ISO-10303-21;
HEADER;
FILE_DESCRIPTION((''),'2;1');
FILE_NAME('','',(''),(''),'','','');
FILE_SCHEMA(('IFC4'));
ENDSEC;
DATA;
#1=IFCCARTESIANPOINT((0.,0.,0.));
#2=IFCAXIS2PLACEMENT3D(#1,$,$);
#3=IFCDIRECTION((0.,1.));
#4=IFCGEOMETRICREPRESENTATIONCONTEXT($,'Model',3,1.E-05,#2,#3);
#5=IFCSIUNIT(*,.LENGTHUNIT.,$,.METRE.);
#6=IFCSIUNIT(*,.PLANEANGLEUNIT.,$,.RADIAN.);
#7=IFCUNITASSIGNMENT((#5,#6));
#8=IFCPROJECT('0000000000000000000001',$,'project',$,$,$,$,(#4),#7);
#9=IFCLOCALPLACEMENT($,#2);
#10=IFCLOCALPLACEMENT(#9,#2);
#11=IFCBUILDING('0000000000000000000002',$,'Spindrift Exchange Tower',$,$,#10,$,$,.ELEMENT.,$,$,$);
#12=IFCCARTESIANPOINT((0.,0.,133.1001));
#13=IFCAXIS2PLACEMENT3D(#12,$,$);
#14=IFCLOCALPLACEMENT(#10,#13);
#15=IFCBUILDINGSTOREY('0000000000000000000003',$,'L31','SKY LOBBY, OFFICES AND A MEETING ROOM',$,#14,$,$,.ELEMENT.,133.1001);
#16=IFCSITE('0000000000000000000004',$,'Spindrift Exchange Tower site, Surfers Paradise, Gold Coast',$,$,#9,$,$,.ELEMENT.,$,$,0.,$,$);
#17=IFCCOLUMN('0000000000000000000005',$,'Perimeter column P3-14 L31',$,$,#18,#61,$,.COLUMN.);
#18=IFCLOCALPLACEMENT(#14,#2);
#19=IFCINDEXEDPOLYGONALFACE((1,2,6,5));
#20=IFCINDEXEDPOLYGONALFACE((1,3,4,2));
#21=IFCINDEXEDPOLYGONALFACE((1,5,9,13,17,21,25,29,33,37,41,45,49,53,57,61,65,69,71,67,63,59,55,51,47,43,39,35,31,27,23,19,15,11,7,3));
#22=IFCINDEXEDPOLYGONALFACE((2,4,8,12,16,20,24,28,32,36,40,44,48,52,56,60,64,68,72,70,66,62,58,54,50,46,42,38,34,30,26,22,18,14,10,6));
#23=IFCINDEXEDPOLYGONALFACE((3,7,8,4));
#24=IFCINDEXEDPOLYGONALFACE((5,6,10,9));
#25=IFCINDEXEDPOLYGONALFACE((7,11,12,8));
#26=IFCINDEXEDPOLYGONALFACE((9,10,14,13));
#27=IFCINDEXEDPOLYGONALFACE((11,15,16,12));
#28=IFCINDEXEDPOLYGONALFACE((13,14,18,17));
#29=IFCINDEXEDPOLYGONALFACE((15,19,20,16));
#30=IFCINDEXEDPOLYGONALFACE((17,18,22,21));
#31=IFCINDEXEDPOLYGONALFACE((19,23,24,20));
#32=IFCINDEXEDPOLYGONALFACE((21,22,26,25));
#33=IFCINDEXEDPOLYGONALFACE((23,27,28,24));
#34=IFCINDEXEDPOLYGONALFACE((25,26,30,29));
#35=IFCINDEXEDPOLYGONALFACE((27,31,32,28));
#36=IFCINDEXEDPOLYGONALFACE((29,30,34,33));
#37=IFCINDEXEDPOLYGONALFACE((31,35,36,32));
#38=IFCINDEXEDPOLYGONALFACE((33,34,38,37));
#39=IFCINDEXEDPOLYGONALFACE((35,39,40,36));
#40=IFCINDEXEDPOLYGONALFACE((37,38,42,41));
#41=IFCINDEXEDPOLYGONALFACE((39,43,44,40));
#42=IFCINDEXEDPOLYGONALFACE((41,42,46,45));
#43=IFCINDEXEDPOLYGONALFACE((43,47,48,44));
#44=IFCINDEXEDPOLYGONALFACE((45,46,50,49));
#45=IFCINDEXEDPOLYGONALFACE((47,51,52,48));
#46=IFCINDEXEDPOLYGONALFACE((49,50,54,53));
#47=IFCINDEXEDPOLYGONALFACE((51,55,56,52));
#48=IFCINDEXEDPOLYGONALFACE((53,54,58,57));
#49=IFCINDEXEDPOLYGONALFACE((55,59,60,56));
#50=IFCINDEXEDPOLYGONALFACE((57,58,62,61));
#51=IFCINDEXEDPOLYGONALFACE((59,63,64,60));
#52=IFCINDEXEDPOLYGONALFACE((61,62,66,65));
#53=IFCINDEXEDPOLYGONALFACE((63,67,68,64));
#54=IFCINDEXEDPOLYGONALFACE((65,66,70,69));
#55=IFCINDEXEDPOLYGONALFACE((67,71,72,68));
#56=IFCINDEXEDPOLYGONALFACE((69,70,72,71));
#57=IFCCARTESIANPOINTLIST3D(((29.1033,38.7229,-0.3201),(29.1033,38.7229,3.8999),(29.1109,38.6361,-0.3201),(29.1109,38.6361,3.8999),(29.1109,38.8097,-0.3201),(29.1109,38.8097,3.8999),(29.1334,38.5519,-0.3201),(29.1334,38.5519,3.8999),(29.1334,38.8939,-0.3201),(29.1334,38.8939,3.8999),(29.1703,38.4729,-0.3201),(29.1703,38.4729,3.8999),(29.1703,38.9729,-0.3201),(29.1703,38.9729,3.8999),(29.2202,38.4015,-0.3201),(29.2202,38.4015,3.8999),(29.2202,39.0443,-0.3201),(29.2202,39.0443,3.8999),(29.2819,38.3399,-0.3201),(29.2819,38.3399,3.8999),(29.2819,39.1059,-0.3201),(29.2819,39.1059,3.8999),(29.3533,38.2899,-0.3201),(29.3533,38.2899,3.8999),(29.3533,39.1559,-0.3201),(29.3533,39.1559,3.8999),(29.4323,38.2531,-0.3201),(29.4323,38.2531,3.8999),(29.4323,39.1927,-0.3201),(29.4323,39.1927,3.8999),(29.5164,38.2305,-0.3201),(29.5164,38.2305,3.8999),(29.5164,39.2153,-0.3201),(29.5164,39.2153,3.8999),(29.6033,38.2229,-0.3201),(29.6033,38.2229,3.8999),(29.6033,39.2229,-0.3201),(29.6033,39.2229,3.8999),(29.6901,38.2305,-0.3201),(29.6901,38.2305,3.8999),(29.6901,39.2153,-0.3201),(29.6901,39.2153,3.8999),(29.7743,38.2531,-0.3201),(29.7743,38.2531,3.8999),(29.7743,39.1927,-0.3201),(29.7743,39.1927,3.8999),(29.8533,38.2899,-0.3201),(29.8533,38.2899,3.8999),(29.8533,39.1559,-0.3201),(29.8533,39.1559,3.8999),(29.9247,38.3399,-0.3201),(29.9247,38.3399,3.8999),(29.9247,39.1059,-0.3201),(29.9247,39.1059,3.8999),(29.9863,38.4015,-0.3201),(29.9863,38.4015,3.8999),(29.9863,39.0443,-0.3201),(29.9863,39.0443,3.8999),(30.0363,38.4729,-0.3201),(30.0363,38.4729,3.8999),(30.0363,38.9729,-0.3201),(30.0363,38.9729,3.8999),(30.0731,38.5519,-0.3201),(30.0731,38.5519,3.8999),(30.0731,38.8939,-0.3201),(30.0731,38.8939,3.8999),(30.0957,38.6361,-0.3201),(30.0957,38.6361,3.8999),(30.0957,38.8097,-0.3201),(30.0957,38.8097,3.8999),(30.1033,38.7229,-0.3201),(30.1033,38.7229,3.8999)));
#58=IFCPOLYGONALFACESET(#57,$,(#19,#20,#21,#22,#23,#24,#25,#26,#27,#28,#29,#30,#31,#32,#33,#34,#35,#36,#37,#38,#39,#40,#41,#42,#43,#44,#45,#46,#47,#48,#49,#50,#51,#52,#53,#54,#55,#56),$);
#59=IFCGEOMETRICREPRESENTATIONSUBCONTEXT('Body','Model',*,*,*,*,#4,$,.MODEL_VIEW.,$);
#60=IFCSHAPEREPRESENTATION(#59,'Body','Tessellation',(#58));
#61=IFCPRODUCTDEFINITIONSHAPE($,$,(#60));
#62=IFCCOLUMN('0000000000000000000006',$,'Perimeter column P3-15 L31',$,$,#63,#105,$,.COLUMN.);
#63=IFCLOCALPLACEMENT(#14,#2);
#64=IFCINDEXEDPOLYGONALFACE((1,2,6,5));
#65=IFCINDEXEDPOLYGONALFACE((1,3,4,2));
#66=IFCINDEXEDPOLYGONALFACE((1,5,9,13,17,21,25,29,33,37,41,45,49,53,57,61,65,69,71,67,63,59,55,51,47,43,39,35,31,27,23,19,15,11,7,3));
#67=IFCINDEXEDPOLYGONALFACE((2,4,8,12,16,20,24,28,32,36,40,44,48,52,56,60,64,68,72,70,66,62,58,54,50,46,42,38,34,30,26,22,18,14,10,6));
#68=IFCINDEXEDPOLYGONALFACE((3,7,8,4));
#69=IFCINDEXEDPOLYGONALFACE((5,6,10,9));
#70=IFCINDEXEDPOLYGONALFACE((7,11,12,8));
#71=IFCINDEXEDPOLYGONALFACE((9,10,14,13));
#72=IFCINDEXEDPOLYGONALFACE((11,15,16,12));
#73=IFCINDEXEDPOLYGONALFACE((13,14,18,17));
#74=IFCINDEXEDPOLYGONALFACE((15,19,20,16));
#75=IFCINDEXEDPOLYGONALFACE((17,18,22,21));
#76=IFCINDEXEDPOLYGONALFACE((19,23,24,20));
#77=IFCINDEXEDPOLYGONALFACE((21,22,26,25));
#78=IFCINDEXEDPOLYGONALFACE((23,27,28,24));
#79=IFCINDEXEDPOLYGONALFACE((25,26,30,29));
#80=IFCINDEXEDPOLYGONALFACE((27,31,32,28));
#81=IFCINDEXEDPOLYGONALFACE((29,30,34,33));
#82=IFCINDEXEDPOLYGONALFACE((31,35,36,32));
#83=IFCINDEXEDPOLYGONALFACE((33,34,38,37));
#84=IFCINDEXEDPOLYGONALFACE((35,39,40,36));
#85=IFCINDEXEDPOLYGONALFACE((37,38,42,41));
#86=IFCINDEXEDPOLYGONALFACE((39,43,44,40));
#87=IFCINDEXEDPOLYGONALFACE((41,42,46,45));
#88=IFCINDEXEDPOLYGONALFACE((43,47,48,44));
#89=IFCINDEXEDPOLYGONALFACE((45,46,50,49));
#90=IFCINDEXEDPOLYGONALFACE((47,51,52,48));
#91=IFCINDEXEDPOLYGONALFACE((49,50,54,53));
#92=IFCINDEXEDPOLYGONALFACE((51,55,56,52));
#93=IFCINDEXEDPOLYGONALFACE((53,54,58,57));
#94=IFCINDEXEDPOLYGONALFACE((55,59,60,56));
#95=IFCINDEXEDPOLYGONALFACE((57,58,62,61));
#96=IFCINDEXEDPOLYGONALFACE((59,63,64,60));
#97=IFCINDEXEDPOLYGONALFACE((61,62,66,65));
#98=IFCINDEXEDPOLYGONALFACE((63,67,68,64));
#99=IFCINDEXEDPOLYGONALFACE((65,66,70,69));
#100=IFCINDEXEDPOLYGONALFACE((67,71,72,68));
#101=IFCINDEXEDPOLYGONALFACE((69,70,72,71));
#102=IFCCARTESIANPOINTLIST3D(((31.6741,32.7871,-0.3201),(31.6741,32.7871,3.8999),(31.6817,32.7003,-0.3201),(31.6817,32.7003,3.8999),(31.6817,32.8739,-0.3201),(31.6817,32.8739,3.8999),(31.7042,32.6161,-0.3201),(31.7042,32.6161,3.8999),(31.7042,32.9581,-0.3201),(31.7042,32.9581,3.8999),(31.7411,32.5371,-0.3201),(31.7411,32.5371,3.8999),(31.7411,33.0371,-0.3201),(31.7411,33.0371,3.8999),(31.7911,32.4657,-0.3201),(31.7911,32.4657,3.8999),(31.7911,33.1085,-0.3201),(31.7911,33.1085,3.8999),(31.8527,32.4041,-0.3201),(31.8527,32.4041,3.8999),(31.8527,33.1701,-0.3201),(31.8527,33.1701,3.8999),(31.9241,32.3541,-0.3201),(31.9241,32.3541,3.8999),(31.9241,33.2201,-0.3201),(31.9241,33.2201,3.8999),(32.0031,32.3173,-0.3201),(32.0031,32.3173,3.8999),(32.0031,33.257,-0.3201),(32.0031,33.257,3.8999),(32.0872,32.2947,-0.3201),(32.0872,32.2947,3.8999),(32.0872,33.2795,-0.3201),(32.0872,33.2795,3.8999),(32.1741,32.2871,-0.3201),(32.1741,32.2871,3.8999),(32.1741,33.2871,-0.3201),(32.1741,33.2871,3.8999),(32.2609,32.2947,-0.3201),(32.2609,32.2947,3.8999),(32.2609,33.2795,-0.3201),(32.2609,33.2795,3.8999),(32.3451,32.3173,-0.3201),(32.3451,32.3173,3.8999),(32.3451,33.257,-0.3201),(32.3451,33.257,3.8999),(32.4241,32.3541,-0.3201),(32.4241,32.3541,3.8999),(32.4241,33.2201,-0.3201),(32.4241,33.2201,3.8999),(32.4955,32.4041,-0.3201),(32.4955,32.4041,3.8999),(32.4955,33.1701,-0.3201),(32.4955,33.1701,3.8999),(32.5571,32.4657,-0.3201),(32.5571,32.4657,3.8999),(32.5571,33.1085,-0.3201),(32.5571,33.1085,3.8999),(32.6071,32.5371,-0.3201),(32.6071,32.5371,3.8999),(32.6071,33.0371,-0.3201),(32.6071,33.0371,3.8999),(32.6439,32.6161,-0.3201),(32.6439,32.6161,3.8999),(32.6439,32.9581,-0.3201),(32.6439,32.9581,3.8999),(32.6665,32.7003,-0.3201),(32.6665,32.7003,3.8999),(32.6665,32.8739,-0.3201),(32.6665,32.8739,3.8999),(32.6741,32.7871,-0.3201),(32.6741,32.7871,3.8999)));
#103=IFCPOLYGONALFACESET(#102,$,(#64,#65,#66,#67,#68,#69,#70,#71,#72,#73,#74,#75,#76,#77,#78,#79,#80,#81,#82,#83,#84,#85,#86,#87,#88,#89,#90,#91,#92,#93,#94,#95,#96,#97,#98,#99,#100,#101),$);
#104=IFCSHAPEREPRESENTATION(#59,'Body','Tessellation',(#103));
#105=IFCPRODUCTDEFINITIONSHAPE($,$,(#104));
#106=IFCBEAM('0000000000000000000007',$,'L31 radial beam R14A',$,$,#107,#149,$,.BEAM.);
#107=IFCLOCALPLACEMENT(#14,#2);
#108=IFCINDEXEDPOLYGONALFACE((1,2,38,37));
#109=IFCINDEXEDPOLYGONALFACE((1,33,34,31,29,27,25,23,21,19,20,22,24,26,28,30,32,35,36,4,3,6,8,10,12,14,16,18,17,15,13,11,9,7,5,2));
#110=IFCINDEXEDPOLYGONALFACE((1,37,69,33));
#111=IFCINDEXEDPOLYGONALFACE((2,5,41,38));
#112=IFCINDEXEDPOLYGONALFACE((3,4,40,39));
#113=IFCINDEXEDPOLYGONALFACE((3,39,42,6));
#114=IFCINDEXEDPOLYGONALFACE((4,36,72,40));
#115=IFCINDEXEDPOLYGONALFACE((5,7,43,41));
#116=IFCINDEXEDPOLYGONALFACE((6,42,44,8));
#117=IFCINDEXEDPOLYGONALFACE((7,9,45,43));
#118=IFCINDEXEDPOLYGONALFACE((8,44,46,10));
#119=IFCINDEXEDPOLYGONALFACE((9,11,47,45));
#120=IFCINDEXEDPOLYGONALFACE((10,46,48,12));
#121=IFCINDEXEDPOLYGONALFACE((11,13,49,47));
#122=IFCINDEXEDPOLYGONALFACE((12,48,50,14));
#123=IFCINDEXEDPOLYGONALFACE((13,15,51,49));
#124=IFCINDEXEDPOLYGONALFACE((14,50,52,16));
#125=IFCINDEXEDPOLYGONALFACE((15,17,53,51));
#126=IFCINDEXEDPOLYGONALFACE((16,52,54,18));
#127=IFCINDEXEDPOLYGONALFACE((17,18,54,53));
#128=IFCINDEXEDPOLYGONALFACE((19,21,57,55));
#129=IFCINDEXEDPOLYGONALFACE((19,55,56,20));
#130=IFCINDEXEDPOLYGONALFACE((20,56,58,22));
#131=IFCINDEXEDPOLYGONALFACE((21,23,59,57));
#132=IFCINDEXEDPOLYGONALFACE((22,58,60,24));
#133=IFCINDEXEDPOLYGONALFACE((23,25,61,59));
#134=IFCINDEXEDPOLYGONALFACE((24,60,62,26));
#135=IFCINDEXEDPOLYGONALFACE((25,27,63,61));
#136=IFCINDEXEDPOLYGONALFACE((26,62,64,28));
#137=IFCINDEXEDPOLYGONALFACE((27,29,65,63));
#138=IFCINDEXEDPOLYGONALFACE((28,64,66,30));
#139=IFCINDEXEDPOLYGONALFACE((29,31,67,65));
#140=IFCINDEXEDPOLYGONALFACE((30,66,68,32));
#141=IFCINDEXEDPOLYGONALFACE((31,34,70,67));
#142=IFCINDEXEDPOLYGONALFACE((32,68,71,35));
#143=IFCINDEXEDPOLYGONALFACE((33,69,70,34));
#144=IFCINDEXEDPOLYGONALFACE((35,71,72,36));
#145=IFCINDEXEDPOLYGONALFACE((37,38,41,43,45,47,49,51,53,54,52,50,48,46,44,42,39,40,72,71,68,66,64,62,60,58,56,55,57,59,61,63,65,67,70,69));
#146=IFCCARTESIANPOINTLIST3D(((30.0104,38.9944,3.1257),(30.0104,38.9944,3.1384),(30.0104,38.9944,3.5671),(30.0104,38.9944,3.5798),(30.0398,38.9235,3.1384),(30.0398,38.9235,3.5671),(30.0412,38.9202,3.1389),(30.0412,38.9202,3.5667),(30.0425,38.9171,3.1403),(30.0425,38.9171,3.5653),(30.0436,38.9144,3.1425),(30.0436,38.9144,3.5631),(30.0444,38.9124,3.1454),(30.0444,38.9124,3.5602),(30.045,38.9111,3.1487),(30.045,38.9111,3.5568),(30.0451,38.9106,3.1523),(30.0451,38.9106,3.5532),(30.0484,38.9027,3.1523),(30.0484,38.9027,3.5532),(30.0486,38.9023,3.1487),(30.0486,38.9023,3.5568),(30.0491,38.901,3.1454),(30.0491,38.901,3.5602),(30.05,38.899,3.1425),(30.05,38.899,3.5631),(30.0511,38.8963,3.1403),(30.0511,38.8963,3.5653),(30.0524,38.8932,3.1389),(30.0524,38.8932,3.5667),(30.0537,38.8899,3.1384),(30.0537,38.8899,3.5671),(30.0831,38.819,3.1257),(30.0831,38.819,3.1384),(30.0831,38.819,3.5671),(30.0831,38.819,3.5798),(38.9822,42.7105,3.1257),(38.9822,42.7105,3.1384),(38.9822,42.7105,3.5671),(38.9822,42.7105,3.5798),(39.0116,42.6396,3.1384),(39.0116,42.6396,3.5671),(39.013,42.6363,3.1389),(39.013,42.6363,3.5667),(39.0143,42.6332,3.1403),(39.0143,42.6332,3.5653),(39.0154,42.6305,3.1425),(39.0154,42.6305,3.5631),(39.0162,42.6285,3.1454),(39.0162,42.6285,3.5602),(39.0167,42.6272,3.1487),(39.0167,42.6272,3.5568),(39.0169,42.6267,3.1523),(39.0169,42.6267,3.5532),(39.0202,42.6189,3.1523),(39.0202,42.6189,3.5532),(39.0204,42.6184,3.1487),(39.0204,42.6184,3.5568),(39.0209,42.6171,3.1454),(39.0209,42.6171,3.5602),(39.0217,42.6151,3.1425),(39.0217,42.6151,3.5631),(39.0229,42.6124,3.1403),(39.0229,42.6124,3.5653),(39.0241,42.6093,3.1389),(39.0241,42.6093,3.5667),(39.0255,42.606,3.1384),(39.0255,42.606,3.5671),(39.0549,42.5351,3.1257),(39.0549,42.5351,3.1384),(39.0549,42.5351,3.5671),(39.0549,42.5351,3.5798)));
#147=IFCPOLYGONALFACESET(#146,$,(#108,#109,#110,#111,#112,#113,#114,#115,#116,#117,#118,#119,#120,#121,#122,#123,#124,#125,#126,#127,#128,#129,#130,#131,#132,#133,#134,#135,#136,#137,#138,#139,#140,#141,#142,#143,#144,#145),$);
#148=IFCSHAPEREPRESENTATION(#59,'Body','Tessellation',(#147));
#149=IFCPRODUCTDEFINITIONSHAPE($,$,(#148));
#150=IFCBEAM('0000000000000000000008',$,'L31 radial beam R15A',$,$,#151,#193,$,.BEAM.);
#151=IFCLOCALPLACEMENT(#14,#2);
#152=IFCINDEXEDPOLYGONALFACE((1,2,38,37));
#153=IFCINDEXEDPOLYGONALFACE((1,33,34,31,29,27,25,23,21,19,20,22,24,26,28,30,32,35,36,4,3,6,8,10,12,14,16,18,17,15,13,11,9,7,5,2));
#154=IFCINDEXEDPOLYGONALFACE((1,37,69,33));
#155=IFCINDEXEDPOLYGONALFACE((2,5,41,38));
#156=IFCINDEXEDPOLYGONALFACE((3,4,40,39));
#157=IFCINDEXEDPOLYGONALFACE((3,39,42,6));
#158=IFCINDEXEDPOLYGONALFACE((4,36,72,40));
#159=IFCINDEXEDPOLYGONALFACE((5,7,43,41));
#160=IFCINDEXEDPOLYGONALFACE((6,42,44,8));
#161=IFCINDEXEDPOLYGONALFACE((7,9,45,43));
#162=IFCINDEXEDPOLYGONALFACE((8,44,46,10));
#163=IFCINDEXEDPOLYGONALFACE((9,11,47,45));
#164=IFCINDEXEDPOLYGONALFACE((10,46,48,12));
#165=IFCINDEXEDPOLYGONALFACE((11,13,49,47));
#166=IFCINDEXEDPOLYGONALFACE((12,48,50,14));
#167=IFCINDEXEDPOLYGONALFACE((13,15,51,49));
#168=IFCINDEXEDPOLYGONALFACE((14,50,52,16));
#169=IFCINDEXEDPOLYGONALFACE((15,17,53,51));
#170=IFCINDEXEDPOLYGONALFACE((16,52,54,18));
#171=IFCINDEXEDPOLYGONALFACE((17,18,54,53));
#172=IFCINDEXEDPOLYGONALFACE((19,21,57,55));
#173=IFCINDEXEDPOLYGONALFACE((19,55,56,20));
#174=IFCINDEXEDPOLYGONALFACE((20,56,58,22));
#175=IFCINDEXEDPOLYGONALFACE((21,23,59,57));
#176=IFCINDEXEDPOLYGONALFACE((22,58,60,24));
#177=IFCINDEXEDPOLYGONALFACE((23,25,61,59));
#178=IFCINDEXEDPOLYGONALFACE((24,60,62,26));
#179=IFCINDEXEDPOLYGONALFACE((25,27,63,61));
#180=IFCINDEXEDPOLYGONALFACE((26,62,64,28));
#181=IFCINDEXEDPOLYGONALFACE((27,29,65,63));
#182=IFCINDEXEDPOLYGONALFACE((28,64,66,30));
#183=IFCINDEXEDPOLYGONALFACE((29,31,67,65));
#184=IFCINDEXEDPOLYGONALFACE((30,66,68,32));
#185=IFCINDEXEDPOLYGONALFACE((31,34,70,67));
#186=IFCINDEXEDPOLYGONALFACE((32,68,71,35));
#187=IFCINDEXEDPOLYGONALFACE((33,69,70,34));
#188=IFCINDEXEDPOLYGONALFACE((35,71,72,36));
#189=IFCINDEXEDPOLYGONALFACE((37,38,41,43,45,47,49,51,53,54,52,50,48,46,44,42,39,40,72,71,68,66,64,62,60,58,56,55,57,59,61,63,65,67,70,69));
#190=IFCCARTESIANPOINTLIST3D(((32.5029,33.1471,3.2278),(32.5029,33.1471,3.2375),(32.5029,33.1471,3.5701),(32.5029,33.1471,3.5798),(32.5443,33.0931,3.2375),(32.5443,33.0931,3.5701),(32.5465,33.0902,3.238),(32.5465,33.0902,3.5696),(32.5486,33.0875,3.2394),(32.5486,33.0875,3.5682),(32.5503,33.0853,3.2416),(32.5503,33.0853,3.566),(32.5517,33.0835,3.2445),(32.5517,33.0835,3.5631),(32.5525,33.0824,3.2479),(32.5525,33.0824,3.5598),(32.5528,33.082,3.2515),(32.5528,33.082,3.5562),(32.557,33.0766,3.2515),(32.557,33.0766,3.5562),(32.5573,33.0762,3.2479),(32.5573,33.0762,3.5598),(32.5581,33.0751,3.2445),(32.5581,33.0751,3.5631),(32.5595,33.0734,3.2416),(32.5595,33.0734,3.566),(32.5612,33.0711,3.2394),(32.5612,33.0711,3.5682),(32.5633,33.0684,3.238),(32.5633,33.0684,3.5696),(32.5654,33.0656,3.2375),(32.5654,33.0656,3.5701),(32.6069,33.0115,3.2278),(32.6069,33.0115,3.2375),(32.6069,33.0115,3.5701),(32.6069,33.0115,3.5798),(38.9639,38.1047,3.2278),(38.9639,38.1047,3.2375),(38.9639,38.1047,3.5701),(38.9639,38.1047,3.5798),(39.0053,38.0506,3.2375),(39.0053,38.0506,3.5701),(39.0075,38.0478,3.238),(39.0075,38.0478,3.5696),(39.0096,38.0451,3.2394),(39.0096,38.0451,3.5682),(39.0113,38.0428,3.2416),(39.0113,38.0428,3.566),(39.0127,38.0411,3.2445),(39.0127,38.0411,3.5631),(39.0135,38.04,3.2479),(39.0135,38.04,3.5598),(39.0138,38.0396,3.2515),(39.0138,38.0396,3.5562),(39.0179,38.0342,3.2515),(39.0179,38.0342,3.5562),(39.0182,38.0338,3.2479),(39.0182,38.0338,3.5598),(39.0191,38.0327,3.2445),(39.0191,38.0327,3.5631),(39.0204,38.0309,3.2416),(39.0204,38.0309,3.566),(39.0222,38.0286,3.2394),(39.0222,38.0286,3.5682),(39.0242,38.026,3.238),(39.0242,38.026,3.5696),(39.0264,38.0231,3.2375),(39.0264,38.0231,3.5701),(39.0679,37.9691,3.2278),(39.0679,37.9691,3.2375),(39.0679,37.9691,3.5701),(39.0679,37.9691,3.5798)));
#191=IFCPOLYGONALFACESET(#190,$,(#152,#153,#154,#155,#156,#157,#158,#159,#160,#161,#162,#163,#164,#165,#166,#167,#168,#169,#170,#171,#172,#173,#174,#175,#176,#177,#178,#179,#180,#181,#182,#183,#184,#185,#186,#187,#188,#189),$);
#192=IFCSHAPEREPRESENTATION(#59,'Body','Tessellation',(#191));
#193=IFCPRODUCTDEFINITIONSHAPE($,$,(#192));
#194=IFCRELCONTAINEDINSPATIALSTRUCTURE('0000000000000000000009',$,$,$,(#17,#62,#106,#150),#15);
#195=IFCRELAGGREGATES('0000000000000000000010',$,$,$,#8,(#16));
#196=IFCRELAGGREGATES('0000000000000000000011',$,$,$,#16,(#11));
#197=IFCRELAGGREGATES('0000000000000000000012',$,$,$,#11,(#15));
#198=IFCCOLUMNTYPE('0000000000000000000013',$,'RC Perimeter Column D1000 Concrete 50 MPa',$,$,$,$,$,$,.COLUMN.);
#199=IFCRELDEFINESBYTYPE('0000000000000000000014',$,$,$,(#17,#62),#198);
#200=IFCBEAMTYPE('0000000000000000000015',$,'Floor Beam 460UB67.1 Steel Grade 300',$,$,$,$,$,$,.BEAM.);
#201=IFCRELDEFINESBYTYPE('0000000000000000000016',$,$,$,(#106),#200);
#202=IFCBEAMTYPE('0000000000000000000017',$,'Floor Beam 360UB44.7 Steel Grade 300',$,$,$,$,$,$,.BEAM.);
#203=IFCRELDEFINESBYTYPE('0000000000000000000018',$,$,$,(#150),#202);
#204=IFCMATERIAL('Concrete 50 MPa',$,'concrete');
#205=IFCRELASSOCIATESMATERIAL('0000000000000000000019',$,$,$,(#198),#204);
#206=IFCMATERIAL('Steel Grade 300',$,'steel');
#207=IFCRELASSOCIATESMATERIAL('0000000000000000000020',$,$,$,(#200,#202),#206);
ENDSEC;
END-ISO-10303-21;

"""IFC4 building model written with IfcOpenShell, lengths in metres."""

from ifc_helpers import new_model, si_unit, direction, frame, origin, origin_2d, place, context, subcontext, project, spatial, circle, i_section, extrude, source, transform, mapped, material, material_profile, profile_set, type_object, element, save


model = new_model("IFC4")

# Units and contexts
model_context = context("Model", 3, precision=1e-05, world=origin(), true_north=direction((0.0, 1.0)))
body_context = subcontext(model_context, "Body", "Model", "MODEL_VIEW")
ifc_project = project(units=[si_unit("LENGTHUNIT", "METRE"), si_unit("PLANEANGLEUNIT", "RADIAN")], contexts=[model_context])

# Site, building, storey
site_placement = place(None, origin())
site = spatial("IfcSite", under=ifc_project, at=site_placement, Name="Spindrift Exchange Tower site, Surfers Paradise, Gold Coast", CompositionType="ELEMENT", RefElevation=0.0)
building_placement = place(site_placement, origin())
building = spatial("IfcBuilding", under=site, at=building_placement, Name="Spindrift Exchange Tower", CompositionType="ELEMENT")
storey_placement = place(building_placement, frame((0.0, 0.0, 133.1001)))
storey = spatial("IfcBuildingStorey", under=building, at=storey_placement, Name="L31", Description="SKY LOBBY, OFFICES AND A MEETING ROOM", CompositionType="ELEMENT", Elevation=133.1001)

# Columns
ifc_material_1 = material(Name="Concrete 50 MPa", Category="concrete")
ifc_material_profile_1 = material_profile(ifc_material_1, circle(Radius=0.5, at=origin_2d()), Name="RC D1000")
ifc_profile_set_1 = profile_set([ifc_material_profile_1], Name="Concrete 50 MPa")
column_type = type_object("IfcColumnType", Name="RC Perimeter Column D1000 Concrete 50 MPa", PredefinedType="COLUMN", material=ifc_profile_set_1)
shared_shape_1 = source(origin(), body_context, "Body", "SweptSolid", [
    extrude(circle(Radius=0.5, at=origin_2d()), origin(), (0.0, 0.0, 1.0), 4.22),
])
for number, where, z_axis, x_axis, name in (
    (1, (29.6033, 38.7229, -0.3201), (0.0, 0.0, 1.0), (1.0, 0.0, 0.0), "Perimeter column P3-14 L31"),
    (2, (32.1741, 32.7871, -0.3201), (0.0, 0.0, 1.0), (1.0, 0.0, 0.0), "Perimeter column P3-15 L31"),
):
    element("IfcColumn", number, at=place(storey_placement, frame(where, z_axis=z_axis, x_axis=x_axis)), inside=storey, type_object=column_type, Name=name, PredefinedType="COLUMN", context=body_context, shape_type="MappedRepresentation", body=[
        mapped(shared_shape_1, transform((0.0, 0.0, 0.0), scale=1.0)),
    ])

# Beams
ifc_material_2 = material(Name="Steel Grade 300", Category="steel")
ifc_material_profile_2 = material_profile(ifc_material_2, i_section(OverallWidth=0.1899, OverallDepth=0.4541, WebThickness=0.0085, FlangeThickness=0.0127, FilletRadius=0.0139, at=origin_2d()), Name="460UB67.1")
ifc_profile_set_2 = profile_set([ifc_material_profile_2], Name="Steel Grade 300")
beam_type_1 = type_object("IfcBeamType", Name="Floor Beam 460UB67.1 Steel Grade 300", PredefinedType="BEAM", material=ifc_profile_set_2)
shared_shape_2 = source(origin(), body_context, "Body", "SweptSolid", [
    extrude(i_section(OverallWidth=0.1899, OverallDepth=0.4541, WebThickness=0.0085, FlangeThickness=0.0127, FilletRadius=0.0139, at=origin_2d()), origin(), (0.0, 0.0, 1.0), 9.7109),
])
beam_1_placement = place(storey_placement, frame((39.0186, 42.6228, 3.3528), z_axis=(-0.923884, -0.382672, 0.0), x_axis=(0.382672, -0.923884, 0.0)))
element("IfcBeam", 3, at=beam_1_placement, inside=storey, type_object=beam_type_1, Name="L31 radial beam R14A", PredefinedType="BEAM", context=body_context, shape_type="MappedRepresentation", body=[
    mapped(shared_shape_2, transform((0.0, 0.0, 0.0), scale=1.0)),
])
ifc_material_profile_3 = material_profile(ifc_material_2, i_section(OverallWidth=0.1709, OverallDepth=0.3521, WebThickness=0.0068, FlangeThickness=0.0098, FilletRadius=0.0139, at=origin_2d()), Name="360UB44.7")
ifc_profile_set_3 = profile_set([ifc_material_profile_3], Name="Steel Grade 300")
beam_type_2 = type_object("IfcBeamType", Name="Floor Beam 360UB44.7 Steel Grade 300", PredefinedType="BEAM", material=ifc_profile_set_3)
shared_shape_3 = source(origin(), body_context, "Body", "SweptSolid", [
    extrude(i_section(OverallWidth=0.1709, OverallDepth=0.3521, WebThickness=0.0068, FlangeThickness=0.0098, FilletRadius=0.0139, at=origin_2d()), origin(), (0.0, 0.0, 1.0), 8.1438),
])
beam_2_placement = place(storey_placement, frame((39.0159, 38.0369, 3.4038), z_axis=(-0.793361, -0.608751, 0.0), x_axis=(0.608751, -0.793361, 0.0)))
element("IfcBeam", 4, at=beam_2_placement, inside=storey, type_object=beam_type_2, Name="L31 radial beam R15A", PredefinedType="BEAM", context=body_context, shape_type="MappedRepresentation", body=[
    mapped(shared_shape_3, transform((0.0, 0.0, 0.0), scale=1.0)),
])

save(model, "model.ifc")
